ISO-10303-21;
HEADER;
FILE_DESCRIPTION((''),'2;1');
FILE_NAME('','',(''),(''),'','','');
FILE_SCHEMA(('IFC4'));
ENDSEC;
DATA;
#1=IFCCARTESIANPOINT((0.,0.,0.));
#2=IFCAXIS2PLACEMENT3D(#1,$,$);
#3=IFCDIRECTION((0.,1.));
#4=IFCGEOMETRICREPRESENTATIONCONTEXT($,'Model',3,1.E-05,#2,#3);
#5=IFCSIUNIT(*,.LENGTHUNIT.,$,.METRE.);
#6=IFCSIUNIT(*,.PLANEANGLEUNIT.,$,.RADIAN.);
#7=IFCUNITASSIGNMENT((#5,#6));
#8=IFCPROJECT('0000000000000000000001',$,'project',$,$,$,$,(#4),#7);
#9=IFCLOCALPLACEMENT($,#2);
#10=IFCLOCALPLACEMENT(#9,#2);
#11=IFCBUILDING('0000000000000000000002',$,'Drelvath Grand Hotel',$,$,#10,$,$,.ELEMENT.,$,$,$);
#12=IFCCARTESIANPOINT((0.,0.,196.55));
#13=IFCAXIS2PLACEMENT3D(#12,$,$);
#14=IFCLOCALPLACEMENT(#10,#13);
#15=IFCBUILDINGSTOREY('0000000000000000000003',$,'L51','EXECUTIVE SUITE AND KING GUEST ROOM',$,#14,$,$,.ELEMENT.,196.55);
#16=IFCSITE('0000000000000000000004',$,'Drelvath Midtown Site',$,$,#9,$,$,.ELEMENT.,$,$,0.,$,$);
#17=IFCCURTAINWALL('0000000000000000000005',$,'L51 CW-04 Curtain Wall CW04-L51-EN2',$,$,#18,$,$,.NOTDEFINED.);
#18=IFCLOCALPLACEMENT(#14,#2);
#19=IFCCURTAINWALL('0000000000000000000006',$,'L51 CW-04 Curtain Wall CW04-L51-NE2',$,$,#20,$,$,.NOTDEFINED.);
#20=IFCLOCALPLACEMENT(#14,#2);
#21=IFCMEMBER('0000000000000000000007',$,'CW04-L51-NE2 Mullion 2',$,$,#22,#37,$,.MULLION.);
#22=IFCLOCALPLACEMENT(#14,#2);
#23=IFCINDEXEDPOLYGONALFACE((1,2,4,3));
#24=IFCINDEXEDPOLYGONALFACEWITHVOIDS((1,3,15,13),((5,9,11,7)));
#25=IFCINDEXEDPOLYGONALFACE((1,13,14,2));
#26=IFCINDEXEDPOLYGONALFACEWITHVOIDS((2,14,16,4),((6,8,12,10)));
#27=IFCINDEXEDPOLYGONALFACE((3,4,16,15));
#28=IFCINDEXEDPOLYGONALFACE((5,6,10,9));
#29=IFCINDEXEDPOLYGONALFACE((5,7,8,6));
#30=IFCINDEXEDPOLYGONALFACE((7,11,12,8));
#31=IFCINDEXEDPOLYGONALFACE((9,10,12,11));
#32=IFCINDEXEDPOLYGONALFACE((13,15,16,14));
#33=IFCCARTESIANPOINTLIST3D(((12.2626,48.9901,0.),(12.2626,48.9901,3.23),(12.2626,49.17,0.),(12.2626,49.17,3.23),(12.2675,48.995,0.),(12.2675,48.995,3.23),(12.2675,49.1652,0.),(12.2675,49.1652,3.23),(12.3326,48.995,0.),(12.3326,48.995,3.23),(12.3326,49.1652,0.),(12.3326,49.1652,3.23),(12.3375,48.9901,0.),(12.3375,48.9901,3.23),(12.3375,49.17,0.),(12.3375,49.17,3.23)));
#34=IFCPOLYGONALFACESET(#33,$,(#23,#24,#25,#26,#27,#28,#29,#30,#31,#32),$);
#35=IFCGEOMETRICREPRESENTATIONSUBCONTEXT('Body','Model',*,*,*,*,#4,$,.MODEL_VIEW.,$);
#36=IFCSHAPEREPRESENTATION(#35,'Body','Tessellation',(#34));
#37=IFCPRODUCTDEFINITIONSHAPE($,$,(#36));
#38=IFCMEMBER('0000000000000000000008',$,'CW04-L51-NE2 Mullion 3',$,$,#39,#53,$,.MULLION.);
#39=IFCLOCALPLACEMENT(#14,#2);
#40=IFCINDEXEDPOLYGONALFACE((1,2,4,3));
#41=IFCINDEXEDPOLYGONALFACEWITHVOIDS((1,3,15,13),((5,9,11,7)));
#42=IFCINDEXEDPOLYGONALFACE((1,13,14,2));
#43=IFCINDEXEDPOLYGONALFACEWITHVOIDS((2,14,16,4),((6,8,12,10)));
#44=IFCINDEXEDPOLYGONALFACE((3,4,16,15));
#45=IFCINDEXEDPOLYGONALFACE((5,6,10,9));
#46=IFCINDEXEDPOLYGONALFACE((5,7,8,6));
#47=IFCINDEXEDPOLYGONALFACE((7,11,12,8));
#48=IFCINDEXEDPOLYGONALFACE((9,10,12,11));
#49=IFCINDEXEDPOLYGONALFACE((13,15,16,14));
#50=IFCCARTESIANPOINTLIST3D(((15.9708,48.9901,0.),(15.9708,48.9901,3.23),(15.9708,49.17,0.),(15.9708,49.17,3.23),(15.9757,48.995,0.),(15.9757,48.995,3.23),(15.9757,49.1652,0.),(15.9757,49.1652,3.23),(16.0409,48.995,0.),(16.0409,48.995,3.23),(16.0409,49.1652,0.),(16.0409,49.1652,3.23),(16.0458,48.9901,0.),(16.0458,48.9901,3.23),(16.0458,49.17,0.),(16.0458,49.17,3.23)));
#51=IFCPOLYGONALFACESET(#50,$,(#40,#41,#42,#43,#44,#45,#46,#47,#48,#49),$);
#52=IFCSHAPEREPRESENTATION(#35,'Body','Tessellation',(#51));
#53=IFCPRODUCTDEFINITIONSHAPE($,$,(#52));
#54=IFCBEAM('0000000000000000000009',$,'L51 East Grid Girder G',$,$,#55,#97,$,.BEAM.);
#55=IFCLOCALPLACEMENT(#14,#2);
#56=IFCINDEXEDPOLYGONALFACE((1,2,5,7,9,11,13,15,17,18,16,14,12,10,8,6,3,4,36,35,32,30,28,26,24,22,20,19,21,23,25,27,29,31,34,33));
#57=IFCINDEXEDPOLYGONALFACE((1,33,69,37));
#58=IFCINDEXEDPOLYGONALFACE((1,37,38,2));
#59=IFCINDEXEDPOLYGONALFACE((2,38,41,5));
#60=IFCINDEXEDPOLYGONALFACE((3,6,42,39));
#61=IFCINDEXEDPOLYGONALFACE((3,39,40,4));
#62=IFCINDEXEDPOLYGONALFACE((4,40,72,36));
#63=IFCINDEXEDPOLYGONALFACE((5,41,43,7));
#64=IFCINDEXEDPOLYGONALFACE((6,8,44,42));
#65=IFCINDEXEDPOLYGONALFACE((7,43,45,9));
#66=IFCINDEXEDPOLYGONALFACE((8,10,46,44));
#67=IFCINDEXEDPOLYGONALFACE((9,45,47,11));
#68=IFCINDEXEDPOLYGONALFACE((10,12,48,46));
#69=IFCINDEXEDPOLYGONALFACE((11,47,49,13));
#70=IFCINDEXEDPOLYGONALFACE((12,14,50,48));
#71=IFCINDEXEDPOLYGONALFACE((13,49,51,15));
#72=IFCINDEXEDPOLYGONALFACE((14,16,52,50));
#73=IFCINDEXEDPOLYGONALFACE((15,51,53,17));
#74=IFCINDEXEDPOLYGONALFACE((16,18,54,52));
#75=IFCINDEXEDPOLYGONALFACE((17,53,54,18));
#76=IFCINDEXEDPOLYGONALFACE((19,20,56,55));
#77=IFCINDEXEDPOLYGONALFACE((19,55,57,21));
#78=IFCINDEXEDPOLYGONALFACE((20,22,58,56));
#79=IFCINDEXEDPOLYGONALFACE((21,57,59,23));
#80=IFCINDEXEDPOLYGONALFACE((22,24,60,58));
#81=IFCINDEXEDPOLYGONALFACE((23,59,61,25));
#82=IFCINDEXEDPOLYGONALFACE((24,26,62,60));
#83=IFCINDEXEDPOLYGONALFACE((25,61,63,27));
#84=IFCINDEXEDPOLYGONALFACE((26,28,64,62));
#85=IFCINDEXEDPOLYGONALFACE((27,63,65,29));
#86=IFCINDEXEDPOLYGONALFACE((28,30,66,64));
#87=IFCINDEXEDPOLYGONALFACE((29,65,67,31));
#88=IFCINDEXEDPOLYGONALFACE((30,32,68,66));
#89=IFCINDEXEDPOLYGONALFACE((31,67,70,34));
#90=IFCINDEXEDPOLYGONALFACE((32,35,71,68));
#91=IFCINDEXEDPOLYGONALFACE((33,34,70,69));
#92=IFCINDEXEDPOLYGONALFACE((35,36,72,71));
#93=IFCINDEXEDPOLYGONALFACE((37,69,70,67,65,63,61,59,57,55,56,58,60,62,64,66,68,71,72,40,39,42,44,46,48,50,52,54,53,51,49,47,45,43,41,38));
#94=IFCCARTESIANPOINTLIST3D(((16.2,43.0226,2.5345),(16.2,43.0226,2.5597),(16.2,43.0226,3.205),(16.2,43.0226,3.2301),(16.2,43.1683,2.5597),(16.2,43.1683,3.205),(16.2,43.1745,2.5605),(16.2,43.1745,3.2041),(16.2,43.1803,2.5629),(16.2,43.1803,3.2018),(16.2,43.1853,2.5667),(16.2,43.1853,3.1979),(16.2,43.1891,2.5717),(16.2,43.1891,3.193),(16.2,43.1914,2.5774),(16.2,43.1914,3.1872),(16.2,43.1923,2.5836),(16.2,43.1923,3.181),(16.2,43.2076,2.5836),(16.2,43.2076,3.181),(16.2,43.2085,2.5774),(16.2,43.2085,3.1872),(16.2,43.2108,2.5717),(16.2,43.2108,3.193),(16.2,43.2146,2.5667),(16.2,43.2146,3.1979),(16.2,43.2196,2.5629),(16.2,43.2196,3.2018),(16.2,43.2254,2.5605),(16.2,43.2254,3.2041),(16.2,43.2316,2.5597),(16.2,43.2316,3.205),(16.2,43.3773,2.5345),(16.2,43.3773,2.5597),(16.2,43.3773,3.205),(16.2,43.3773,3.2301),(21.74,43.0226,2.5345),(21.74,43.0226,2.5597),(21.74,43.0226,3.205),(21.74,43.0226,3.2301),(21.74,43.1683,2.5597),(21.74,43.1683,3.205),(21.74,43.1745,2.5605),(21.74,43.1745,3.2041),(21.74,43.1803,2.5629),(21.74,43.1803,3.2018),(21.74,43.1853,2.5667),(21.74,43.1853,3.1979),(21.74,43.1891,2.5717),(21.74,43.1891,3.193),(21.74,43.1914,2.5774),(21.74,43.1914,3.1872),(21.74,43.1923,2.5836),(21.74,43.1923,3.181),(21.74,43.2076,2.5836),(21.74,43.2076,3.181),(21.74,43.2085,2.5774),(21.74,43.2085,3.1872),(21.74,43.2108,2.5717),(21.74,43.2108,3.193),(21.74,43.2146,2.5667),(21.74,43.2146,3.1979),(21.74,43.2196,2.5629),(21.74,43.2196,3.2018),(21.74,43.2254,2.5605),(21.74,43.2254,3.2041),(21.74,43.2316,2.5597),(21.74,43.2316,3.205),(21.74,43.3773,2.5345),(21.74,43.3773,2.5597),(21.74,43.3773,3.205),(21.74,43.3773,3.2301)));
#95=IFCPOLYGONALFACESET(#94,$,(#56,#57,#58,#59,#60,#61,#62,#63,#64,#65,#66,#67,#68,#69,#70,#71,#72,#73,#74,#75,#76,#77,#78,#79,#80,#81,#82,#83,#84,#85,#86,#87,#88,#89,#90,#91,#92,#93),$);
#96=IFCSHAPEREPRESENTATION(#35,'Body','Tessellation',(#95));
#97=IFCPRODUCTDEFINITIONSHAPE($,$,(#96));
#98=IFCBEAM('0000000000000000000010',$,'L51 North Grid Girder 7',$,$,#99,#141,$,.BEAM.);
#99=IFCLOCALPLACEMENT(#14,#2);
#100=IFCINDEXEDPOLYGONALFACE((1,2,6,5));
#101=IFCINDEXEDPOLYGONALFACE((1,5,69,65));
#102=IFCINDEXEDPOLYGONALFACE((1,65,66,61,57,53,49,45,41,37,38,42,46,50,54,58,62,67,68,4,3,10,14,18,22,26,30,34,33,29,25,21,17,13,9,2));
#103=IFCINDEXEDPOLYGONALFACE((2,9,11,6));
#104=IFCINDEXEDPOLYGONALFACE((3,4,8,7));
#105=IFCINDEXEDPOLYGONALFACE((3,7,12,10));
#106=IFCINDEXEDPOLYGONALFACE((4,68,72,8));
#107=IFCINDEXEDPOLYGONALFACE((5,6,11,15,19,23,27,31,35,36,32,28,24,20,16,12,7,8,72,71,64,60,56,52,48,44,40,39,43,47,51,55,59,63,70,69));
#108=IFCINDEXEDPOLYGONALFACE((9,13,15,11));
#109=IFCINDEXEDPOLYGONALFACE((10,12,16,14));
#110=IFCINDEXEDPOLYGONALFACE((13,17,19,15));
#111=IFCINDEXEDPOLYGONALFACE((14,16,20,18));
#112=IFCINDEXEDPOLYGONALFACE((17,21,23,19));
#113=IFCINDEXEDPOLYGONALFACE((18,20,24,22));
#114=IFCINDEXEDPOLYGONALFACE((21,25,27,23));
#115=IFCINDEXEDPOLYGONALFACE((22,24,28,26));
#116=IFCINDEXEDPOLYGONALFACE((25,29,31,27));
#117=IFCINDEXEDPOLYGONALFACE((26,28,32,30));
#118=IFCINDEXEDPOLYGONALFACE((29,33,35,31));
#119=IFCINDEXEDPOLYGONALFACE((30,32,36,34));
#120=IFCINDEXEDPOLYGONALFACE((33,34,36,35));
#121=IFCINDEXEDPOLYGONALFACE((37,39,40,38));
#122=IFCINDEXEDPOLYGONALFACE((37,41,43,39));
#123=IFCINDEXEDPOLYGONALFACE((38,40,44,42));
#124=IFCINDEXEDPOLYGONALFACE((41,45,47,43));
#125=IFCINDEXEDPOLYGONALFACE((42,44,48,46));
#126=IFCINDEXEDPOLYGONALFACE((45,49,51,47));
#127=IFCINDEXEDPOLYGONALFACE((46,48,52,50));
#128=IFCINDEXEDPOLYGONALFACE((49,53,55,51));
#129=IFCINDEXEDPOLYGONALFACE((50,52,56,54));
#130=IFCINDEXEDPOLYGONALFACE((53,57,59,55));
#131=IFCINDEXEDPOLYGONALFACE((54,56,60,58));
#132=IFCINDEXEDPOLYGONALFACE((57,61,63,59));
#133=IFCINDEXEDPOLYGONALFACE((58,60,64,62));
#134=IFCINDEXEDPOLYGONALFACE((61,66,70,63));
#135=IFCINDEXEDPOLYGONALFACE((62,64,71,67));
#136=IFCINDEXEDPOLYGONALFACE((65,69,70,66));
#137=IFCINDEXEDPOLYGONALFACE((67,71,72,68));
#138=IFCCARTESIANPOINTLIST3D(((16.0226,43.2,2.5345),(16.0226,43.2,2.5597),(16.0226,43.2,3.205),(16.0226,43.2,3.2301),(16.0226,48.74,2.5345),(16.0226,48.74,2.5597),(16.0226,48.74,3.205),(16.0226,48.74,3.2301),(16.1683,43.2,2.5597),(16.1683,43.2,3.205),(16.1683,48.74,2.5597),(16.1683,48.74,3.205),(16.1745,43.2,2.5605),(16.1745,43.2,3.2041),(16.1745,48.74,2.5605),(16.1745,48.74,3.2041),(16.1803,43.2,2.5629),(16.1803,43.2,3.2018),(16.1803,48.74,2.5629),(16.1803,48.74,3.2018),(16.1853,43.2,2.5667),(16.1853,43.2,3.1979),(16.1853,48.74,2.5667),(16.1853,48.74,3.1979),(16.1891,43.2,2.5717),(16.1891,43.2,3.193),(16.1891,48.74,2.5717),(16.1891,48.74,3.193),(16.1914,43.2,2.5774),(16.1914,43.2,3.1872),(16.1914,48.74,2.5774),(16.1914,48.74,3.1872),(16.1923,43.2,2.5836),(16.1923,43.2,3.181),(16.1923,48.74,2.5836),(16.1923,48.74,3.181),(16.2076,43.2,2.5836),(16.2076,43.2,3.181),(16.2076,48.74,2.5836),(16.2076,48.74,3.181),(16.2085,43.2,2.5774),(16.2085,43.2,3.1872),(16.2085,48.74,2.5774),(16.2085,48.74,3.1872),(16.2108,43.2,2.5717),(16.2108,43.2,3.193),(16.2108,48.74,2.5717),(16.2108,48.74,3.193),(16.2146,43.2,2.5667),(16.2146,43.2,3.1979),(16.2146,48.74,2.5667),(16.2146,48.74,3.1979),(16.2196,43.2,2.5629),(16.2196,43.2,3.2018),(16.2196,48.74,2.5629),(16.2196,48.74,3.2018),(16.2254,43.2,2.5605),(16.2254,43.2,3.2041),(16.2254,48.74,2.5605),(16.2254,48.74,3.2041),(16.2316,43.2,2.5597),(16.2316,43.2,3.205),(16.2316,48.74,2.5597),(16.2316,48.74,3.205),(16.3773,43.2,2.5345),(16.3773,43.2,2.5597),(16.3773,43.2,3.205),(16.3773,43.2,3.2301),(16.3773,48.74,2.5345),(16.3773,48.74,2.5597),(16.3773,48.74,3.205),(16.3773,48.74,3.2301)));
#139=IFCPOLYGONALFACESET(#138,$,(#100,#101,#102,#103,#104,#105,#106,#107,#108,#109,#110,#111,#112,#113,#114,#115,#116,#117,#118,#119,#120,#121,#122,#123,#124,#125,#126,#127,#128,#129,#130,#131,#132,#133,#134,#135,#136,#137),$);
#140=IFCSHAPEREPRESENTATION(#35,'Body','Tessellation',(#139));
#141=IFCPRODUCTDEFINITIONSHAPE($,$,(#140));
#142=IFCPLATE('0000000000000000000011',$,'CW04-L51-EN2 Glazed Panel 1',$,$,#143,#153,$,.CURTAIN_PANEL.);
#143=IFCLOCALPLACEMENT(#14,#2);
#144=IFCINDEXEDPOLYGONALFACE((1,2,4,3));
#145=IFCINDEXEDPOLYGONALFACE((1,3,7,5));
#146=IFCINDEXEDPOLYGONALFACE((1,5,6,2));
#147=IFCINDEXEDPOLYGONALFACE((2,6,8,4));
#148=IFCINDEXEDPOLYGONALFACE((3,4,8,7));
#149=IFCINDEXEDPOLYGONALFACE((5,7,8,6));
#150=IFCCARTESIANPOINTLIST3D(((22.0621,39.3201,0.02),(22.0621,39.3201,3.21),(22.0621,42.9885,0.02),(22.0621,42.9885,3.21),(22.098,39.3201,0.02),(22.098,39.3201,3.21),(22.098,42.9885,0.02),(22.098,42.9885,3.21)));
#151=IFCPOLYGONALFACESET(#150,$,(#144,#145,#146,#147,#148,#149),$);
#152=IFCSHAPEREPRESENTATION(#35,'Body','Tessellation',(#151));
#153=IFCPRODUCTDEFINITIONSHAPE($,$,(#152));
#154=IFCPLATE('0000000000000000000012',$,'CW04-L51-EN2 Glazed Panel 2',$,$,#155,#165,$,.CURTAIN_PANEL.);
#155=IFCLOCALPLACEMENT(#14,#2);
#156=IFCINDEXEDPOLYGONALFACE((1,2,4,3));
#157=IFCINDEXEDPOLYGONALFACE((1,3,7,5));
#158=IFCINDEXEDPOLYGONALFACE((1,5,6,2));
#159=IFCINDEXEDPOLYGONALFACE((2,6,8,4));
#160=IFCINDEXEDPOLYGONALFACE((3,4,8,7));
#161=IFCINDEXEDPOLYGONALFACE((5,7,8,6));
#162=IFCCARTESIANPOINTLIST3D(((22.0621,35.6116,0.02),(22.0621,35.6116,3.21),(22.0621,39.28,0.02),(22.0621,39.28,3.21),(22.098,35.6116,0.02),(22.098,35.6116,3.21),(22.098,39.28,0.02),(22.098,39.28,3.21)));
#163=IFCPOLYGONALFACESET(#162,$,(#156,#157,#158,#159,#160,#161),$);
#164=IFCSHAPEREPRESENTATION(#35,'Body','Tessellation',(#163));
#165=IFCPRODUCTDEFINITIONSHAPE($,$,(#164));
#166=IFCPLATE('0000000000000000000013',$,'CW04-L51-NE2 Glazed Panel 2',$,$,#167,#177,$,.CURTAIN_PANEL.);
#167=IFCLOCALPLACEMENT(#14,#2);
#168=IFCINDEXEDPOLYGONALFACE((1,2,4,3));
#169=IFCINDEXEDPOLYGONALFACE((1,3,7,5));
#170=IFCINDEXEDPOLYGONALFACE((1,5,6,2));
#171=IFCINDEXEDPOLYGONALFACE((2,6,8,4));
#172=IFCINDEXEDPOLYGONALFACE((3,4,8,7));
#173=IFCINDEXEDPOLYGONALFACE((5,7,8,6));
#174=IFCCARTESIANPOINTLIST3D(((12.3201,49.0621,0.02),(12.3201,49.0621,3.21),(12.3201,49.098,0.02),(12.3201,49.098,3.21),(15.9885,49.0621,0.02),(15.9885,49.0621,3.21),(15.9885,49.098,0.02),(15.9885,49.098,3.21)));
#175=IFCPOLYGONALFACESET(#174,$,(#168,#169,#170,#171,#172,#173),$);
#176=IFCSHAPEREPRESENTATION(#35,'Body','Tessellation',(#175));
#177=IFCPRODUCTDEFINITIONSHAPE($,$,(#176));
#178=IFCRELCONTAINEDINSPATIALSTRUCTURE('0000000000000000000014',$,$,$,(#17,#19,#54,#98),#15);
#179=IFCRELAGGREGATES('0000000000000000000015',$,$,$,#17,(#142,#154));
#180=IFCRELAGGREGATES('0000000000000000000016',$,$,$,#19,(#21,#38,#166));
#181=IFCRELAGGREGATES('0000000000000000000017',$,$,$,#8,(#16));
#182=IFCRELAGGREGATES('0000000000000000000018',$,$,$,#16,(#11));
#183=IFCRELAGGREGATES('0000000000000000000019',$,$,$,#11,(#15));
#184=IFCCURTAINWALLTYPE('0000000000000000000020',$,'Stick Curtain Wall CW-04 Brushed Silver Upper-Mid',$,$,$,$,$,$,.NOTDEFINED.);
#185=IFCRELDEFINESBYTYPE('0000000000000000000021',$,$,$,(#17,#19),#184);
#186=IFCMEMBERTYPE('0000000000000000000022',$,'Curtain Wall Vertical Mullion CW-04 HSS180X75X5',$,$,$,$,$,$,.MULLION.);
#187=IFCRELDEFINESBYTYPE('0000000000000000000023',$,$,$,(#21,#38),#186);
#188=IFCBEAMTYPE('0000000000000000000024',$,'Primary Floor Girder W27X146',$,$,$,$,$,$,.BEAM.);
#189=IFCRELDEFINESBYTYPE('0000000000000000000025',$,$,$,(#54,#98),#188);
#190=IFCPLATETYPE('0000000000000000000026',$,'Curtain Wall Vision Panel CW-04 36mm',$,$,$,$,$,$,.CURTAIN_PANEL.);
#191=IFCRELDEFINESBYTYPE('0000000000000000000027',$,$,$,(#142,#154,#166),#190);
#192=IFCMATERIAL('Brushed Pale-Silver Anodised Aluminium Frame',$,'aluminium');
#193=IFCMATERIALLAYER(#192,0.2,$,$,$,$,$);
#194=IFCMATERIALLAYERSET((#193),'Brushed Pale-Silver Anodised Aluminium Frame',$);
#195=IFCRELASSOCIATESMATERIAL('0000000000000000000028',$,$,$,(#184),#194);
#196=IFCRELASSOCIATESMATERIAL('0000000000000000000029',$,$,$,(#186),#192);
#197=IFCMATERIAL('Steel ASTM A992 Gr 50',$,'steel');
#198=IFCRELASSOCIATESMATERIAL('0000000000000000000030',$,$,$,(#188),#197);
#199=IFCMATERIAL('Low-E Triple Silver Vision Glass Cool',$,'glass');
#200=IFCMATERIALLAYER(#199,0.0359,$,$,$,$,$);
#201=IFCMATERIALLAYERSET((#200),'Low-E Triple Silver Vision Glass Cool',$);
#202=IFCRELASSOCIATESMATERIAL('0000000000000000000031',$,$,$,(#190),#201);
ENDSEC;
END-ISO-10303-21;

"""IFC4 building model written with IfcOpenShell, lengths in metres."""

from ifc_helpers import new_model, si_unit, direction, frame, origin, origin_2d, place, context, subcontext, project, spatial, rectangle, hollow_rectangle, i_section, extrude, material, layer, layer_set, material_profile, profile_set, type_object, element, aggregate, save


model = new_model("IFC4")

# Units and contexts
model_context = context("Model", 3, precision=1e-05, world=origin(), true_north=direction((0.0, 1.0)))
body_context = subcontext(model_context, "Body", "Model", "MODEL_VIEW")
ifc_project = project(units=[si_unit("LENGTHUNIT", "METRE"), si_unit("PLANEANGLEUNIT", "RADIAN")], contexts=[model_context])

# Site, building, storey
site_placement = place(None, origin())
site = spatial("IfcSite", under=ifc_project, at=site_placement, Name="Drelvath Midtown Site", CompositionType="ELEMENT", RefElevation=0.0)
building_placement = place(site_placement, origin())
building = spatial("IfcBuilding", under=site, at=building_placement, Name="Drelvath Grand Hotel", CompositionType="ELEMENT")
storey_placement = place(building_placement, frame((0.0, 0.0, 196.55)))
storey = spatial("IfcBuildingStorey", under=building, at=storey_placement, Name="L51", Description="EXECUTIVE SUITE AND KING GUEST ROOM", CompositionType="ELEMENT", Elevation=196.55)

# Curtain walls, members
ifc_material_1 = material(Name="Brushed Pale-Silver Anodised Aluminium Frame", Category="aluminium")
ifc_layer_1 = layer(ifc_material_1, 0.2)
ifc_layer_set_1 = layer_set([ifc_layer_1], Name="Brushed Pale-Silver Anodised Aluminium Frame")
curtain_wall_type = type_object("IfcCurtainWallType", Name="Stick Curtain Wall CW-04 Brushed Silver Upper-Mid", PredefinedType="NOTDEFINED", material=ifc_layer_set_1)
curtain_wall_1_placement = place(storey_placement, origin())
curtain_wall_1 = element("IfcCurtainWall", 1, at=curtain_wall_1_placement, inside=storey, type_object=curtain_wall_type, Name="L51 CW-04 Curtain Wall CW04-L51-EN2", PredefinedType="NOTDEFINED")
ifc_material_profile_1 = material_profile(ifc_material_1, hollow_rectangle(XDim=0.075, YDim=0.1799, WallThickness=0.0049, at=origin_2d()), Name="HSS180X75X5")
ifc_profile_set_1 = profile_set([ifc_material_profile_1], Name="Brushed Pale-Silver Anodised Aluminium Frame")
member_type_1 = type_object("IfcMemberType", Name="Curtain Wall Vertical Mullion CW-04 HSS180X75X5", PredefinedType="MULLION", material=ifc_profile_set_1)
curtain_wall_2_placement = place(storey_placement, origin())
curtain_wall_2 = element("IfcCurtainWall", 2, at=curtain_wall_2_placement, inside=storey, type_object=curtain_wall_type, Name="L51 CW-04 Curtain Wall CW04-L51-NE2", PredefinedType="NOTDEFINED")
member_1_placement = place(storey_placement, frame((12.3, 49.0801, 0.0), z_axis=(0.0, 0.0, 1.0), x_axis=(1.0, 0.0, 0.0)))
member_1 = element("IfcMember", 3, at=member_1_placement, type_object=member_type_1, Name="CW04-L51-NE2 Mullion 2", PredefinedType="MULLION", context=body_context, shape_type="SweptSolid", body=[
    extrude(hollow_rectangle(XDim=0.075, YDim=0.1799, WallThickness=0.0049, at=origin_2d()), origin(), (0.0, 0.0, 1.0), 3.23),
])
member_2_placement = place(storey_placement, frame((16.0083, 49.0801, 0.0), z_axis=(0.0, 0.0, 1.0), x_axis=(1.0, 0.0, 0.0)))
member_2 = element("IfcMember", 4, at=member_2_placement, type_object=member_type_1, Name="CW04-L51-NE2 Mullion 3", PredefinedType="MULLION", context=body_context, shape_type="SweptSolid", body=[
    extrude(hollow_rectangle(XDim=0.075, YDim=0.1799, WallThickness=0.0049, at=origin_2d()), origin(), (0.0, 0.0, 1.0), 3.23),
])

# Beams
ifc_material_2 = material(Name="Steel ASTM A992 Gr 50", Category="steel")
ifc_material_profile_2 = material_profile(ifc_material_2, i_section(OverallWidth=0.3547, OverallDepth=0.6956, WebThickness=0.0154, FlangeThickness=0.0251, FilletRadius=0.0239, at=origin_2d()), Name="W27X146")
ifc_profile_set_2 = profile_set([ifc_material_profile_2], Name="Steel ASTM A992 Gr 50")
beam_type = type_object("IfcBeamType", Name="Primary Floor Girder W27X146", PredefinedType="BEAM", material=ifc_profile_set_2)
for number, where, z_axis, x_axis, name in (
    (5, (16.2, 43.2, 2.8823), (1.0, 0.0, 0.0), (0.0, 1.0, 0.0), "L51 East Grid Girder G"),
    (6, (16.2, 43.2, 2.8823), (0.0, 1.0, 0.0), (-1.0, 0.0, 0.0), "L51 North Grid Girder 7"),
):
    element("IfcBeam", number, at=place(storey_placement, frame(where, z_axis=z_axis, x_axis=x_axis)), inside=storey, type_object=beam_type, Name=name, PredefinedType="BEAM", context=body_context, shape_type="SweptSolid", body=[
        extrude(i_section(OverallWidth=0.3547, OverallDepth=0.6956, WebThickness=0.0154, FlangeThickness=0.0251, FilletRadius=0.0239, at=origin_2d()), origin(), (0.0, 0.0, 1.0), 5.54),
    ])

# Plates
ifc_material_3 = material(Name="Low-E Triple Silver Vision Glass Cool", Category="glass")
ifc_layer_2 = layer(ifc_material_3, 0.0359)
ifc_layer_set_2 = layer_set([ifc_layer_2], Name="Low-E Triple Silver Vision Glass Cool")
plate_type = type_object("IfcPlateType", Name="Curtain Wall Vision Panel CW-04 36mm", PredefinedType="CURTAIN_PANEL", material=ifc_layer_set_2)
plate_1_placement = place(storey_placement, frame((22.0801, 41.1543, 0.02), z_axis=(0.0, 0.0, 1.0), x_axis=(0.0, -1.0, 0.0)))
plate_1 = element("IfcPlate", 7, at=plate_1_placement, type_object=plate_type, Name="CW04-L51-EN2 Glazed Panel 1", PredefinedType="CURTAIN_PANEL", context=body_context, shape_type="SweptSolid", body=[
    extrude(rectangle(XDim=3.6685, YDim=0.0359, at=origin_2d()), origin(), (0.0, 0.0, 1.0), 3.1899),
])
plate_2_placement = place(storey_placement, frame((22.0801, 37.4458, 0.02), z_axis=(0.0, 0.0, 1.0), x_axis=(0.0, -1.0, 0.0)))
plate_2 = element("IfcPlate", 8, at=plate_2_placement, type_object=plate_type, Name="CW04-L51-EN2 Glazed Panel 2", PredefinedType="CURTAIN_PANEL", context=body_context, shape_type="SweptSolid", body=[
    extrude(rectangle(XDim=3.6685, YDim=0.0359, at=origin_2d()), origin(), (0.0, 0.0, 1.0), 3.1899),
])
aggregate(curtain_wall_1, [plate_1, plate_2])
plate_3_placement = place(storey_placement, frame((14.1543, 49.0801, 0.02), z_axis=(0.0, 0.0, 1.0), x_axis=(1.0, 0.0, 0.0)))
plate_3 = element("IfcPlate", 9, at=plate_3_placement, type_object=plate_type, Name="CW04-L51-NE2 Glazed Panel 2", PredefinedType="CURTAIN_PANEL", context=body_context, shape_type="SweptSolid", body=[
    extrude(rectangle(XDim=3.6685, YDim=0.0359, at=origin_2d()), origin(), (0.0, 0.0, 1.0), 3.1899),
])
aggregate(curtain_wall_2, [member_1, member_2, plate_3])

save(model, "model.ifc")
